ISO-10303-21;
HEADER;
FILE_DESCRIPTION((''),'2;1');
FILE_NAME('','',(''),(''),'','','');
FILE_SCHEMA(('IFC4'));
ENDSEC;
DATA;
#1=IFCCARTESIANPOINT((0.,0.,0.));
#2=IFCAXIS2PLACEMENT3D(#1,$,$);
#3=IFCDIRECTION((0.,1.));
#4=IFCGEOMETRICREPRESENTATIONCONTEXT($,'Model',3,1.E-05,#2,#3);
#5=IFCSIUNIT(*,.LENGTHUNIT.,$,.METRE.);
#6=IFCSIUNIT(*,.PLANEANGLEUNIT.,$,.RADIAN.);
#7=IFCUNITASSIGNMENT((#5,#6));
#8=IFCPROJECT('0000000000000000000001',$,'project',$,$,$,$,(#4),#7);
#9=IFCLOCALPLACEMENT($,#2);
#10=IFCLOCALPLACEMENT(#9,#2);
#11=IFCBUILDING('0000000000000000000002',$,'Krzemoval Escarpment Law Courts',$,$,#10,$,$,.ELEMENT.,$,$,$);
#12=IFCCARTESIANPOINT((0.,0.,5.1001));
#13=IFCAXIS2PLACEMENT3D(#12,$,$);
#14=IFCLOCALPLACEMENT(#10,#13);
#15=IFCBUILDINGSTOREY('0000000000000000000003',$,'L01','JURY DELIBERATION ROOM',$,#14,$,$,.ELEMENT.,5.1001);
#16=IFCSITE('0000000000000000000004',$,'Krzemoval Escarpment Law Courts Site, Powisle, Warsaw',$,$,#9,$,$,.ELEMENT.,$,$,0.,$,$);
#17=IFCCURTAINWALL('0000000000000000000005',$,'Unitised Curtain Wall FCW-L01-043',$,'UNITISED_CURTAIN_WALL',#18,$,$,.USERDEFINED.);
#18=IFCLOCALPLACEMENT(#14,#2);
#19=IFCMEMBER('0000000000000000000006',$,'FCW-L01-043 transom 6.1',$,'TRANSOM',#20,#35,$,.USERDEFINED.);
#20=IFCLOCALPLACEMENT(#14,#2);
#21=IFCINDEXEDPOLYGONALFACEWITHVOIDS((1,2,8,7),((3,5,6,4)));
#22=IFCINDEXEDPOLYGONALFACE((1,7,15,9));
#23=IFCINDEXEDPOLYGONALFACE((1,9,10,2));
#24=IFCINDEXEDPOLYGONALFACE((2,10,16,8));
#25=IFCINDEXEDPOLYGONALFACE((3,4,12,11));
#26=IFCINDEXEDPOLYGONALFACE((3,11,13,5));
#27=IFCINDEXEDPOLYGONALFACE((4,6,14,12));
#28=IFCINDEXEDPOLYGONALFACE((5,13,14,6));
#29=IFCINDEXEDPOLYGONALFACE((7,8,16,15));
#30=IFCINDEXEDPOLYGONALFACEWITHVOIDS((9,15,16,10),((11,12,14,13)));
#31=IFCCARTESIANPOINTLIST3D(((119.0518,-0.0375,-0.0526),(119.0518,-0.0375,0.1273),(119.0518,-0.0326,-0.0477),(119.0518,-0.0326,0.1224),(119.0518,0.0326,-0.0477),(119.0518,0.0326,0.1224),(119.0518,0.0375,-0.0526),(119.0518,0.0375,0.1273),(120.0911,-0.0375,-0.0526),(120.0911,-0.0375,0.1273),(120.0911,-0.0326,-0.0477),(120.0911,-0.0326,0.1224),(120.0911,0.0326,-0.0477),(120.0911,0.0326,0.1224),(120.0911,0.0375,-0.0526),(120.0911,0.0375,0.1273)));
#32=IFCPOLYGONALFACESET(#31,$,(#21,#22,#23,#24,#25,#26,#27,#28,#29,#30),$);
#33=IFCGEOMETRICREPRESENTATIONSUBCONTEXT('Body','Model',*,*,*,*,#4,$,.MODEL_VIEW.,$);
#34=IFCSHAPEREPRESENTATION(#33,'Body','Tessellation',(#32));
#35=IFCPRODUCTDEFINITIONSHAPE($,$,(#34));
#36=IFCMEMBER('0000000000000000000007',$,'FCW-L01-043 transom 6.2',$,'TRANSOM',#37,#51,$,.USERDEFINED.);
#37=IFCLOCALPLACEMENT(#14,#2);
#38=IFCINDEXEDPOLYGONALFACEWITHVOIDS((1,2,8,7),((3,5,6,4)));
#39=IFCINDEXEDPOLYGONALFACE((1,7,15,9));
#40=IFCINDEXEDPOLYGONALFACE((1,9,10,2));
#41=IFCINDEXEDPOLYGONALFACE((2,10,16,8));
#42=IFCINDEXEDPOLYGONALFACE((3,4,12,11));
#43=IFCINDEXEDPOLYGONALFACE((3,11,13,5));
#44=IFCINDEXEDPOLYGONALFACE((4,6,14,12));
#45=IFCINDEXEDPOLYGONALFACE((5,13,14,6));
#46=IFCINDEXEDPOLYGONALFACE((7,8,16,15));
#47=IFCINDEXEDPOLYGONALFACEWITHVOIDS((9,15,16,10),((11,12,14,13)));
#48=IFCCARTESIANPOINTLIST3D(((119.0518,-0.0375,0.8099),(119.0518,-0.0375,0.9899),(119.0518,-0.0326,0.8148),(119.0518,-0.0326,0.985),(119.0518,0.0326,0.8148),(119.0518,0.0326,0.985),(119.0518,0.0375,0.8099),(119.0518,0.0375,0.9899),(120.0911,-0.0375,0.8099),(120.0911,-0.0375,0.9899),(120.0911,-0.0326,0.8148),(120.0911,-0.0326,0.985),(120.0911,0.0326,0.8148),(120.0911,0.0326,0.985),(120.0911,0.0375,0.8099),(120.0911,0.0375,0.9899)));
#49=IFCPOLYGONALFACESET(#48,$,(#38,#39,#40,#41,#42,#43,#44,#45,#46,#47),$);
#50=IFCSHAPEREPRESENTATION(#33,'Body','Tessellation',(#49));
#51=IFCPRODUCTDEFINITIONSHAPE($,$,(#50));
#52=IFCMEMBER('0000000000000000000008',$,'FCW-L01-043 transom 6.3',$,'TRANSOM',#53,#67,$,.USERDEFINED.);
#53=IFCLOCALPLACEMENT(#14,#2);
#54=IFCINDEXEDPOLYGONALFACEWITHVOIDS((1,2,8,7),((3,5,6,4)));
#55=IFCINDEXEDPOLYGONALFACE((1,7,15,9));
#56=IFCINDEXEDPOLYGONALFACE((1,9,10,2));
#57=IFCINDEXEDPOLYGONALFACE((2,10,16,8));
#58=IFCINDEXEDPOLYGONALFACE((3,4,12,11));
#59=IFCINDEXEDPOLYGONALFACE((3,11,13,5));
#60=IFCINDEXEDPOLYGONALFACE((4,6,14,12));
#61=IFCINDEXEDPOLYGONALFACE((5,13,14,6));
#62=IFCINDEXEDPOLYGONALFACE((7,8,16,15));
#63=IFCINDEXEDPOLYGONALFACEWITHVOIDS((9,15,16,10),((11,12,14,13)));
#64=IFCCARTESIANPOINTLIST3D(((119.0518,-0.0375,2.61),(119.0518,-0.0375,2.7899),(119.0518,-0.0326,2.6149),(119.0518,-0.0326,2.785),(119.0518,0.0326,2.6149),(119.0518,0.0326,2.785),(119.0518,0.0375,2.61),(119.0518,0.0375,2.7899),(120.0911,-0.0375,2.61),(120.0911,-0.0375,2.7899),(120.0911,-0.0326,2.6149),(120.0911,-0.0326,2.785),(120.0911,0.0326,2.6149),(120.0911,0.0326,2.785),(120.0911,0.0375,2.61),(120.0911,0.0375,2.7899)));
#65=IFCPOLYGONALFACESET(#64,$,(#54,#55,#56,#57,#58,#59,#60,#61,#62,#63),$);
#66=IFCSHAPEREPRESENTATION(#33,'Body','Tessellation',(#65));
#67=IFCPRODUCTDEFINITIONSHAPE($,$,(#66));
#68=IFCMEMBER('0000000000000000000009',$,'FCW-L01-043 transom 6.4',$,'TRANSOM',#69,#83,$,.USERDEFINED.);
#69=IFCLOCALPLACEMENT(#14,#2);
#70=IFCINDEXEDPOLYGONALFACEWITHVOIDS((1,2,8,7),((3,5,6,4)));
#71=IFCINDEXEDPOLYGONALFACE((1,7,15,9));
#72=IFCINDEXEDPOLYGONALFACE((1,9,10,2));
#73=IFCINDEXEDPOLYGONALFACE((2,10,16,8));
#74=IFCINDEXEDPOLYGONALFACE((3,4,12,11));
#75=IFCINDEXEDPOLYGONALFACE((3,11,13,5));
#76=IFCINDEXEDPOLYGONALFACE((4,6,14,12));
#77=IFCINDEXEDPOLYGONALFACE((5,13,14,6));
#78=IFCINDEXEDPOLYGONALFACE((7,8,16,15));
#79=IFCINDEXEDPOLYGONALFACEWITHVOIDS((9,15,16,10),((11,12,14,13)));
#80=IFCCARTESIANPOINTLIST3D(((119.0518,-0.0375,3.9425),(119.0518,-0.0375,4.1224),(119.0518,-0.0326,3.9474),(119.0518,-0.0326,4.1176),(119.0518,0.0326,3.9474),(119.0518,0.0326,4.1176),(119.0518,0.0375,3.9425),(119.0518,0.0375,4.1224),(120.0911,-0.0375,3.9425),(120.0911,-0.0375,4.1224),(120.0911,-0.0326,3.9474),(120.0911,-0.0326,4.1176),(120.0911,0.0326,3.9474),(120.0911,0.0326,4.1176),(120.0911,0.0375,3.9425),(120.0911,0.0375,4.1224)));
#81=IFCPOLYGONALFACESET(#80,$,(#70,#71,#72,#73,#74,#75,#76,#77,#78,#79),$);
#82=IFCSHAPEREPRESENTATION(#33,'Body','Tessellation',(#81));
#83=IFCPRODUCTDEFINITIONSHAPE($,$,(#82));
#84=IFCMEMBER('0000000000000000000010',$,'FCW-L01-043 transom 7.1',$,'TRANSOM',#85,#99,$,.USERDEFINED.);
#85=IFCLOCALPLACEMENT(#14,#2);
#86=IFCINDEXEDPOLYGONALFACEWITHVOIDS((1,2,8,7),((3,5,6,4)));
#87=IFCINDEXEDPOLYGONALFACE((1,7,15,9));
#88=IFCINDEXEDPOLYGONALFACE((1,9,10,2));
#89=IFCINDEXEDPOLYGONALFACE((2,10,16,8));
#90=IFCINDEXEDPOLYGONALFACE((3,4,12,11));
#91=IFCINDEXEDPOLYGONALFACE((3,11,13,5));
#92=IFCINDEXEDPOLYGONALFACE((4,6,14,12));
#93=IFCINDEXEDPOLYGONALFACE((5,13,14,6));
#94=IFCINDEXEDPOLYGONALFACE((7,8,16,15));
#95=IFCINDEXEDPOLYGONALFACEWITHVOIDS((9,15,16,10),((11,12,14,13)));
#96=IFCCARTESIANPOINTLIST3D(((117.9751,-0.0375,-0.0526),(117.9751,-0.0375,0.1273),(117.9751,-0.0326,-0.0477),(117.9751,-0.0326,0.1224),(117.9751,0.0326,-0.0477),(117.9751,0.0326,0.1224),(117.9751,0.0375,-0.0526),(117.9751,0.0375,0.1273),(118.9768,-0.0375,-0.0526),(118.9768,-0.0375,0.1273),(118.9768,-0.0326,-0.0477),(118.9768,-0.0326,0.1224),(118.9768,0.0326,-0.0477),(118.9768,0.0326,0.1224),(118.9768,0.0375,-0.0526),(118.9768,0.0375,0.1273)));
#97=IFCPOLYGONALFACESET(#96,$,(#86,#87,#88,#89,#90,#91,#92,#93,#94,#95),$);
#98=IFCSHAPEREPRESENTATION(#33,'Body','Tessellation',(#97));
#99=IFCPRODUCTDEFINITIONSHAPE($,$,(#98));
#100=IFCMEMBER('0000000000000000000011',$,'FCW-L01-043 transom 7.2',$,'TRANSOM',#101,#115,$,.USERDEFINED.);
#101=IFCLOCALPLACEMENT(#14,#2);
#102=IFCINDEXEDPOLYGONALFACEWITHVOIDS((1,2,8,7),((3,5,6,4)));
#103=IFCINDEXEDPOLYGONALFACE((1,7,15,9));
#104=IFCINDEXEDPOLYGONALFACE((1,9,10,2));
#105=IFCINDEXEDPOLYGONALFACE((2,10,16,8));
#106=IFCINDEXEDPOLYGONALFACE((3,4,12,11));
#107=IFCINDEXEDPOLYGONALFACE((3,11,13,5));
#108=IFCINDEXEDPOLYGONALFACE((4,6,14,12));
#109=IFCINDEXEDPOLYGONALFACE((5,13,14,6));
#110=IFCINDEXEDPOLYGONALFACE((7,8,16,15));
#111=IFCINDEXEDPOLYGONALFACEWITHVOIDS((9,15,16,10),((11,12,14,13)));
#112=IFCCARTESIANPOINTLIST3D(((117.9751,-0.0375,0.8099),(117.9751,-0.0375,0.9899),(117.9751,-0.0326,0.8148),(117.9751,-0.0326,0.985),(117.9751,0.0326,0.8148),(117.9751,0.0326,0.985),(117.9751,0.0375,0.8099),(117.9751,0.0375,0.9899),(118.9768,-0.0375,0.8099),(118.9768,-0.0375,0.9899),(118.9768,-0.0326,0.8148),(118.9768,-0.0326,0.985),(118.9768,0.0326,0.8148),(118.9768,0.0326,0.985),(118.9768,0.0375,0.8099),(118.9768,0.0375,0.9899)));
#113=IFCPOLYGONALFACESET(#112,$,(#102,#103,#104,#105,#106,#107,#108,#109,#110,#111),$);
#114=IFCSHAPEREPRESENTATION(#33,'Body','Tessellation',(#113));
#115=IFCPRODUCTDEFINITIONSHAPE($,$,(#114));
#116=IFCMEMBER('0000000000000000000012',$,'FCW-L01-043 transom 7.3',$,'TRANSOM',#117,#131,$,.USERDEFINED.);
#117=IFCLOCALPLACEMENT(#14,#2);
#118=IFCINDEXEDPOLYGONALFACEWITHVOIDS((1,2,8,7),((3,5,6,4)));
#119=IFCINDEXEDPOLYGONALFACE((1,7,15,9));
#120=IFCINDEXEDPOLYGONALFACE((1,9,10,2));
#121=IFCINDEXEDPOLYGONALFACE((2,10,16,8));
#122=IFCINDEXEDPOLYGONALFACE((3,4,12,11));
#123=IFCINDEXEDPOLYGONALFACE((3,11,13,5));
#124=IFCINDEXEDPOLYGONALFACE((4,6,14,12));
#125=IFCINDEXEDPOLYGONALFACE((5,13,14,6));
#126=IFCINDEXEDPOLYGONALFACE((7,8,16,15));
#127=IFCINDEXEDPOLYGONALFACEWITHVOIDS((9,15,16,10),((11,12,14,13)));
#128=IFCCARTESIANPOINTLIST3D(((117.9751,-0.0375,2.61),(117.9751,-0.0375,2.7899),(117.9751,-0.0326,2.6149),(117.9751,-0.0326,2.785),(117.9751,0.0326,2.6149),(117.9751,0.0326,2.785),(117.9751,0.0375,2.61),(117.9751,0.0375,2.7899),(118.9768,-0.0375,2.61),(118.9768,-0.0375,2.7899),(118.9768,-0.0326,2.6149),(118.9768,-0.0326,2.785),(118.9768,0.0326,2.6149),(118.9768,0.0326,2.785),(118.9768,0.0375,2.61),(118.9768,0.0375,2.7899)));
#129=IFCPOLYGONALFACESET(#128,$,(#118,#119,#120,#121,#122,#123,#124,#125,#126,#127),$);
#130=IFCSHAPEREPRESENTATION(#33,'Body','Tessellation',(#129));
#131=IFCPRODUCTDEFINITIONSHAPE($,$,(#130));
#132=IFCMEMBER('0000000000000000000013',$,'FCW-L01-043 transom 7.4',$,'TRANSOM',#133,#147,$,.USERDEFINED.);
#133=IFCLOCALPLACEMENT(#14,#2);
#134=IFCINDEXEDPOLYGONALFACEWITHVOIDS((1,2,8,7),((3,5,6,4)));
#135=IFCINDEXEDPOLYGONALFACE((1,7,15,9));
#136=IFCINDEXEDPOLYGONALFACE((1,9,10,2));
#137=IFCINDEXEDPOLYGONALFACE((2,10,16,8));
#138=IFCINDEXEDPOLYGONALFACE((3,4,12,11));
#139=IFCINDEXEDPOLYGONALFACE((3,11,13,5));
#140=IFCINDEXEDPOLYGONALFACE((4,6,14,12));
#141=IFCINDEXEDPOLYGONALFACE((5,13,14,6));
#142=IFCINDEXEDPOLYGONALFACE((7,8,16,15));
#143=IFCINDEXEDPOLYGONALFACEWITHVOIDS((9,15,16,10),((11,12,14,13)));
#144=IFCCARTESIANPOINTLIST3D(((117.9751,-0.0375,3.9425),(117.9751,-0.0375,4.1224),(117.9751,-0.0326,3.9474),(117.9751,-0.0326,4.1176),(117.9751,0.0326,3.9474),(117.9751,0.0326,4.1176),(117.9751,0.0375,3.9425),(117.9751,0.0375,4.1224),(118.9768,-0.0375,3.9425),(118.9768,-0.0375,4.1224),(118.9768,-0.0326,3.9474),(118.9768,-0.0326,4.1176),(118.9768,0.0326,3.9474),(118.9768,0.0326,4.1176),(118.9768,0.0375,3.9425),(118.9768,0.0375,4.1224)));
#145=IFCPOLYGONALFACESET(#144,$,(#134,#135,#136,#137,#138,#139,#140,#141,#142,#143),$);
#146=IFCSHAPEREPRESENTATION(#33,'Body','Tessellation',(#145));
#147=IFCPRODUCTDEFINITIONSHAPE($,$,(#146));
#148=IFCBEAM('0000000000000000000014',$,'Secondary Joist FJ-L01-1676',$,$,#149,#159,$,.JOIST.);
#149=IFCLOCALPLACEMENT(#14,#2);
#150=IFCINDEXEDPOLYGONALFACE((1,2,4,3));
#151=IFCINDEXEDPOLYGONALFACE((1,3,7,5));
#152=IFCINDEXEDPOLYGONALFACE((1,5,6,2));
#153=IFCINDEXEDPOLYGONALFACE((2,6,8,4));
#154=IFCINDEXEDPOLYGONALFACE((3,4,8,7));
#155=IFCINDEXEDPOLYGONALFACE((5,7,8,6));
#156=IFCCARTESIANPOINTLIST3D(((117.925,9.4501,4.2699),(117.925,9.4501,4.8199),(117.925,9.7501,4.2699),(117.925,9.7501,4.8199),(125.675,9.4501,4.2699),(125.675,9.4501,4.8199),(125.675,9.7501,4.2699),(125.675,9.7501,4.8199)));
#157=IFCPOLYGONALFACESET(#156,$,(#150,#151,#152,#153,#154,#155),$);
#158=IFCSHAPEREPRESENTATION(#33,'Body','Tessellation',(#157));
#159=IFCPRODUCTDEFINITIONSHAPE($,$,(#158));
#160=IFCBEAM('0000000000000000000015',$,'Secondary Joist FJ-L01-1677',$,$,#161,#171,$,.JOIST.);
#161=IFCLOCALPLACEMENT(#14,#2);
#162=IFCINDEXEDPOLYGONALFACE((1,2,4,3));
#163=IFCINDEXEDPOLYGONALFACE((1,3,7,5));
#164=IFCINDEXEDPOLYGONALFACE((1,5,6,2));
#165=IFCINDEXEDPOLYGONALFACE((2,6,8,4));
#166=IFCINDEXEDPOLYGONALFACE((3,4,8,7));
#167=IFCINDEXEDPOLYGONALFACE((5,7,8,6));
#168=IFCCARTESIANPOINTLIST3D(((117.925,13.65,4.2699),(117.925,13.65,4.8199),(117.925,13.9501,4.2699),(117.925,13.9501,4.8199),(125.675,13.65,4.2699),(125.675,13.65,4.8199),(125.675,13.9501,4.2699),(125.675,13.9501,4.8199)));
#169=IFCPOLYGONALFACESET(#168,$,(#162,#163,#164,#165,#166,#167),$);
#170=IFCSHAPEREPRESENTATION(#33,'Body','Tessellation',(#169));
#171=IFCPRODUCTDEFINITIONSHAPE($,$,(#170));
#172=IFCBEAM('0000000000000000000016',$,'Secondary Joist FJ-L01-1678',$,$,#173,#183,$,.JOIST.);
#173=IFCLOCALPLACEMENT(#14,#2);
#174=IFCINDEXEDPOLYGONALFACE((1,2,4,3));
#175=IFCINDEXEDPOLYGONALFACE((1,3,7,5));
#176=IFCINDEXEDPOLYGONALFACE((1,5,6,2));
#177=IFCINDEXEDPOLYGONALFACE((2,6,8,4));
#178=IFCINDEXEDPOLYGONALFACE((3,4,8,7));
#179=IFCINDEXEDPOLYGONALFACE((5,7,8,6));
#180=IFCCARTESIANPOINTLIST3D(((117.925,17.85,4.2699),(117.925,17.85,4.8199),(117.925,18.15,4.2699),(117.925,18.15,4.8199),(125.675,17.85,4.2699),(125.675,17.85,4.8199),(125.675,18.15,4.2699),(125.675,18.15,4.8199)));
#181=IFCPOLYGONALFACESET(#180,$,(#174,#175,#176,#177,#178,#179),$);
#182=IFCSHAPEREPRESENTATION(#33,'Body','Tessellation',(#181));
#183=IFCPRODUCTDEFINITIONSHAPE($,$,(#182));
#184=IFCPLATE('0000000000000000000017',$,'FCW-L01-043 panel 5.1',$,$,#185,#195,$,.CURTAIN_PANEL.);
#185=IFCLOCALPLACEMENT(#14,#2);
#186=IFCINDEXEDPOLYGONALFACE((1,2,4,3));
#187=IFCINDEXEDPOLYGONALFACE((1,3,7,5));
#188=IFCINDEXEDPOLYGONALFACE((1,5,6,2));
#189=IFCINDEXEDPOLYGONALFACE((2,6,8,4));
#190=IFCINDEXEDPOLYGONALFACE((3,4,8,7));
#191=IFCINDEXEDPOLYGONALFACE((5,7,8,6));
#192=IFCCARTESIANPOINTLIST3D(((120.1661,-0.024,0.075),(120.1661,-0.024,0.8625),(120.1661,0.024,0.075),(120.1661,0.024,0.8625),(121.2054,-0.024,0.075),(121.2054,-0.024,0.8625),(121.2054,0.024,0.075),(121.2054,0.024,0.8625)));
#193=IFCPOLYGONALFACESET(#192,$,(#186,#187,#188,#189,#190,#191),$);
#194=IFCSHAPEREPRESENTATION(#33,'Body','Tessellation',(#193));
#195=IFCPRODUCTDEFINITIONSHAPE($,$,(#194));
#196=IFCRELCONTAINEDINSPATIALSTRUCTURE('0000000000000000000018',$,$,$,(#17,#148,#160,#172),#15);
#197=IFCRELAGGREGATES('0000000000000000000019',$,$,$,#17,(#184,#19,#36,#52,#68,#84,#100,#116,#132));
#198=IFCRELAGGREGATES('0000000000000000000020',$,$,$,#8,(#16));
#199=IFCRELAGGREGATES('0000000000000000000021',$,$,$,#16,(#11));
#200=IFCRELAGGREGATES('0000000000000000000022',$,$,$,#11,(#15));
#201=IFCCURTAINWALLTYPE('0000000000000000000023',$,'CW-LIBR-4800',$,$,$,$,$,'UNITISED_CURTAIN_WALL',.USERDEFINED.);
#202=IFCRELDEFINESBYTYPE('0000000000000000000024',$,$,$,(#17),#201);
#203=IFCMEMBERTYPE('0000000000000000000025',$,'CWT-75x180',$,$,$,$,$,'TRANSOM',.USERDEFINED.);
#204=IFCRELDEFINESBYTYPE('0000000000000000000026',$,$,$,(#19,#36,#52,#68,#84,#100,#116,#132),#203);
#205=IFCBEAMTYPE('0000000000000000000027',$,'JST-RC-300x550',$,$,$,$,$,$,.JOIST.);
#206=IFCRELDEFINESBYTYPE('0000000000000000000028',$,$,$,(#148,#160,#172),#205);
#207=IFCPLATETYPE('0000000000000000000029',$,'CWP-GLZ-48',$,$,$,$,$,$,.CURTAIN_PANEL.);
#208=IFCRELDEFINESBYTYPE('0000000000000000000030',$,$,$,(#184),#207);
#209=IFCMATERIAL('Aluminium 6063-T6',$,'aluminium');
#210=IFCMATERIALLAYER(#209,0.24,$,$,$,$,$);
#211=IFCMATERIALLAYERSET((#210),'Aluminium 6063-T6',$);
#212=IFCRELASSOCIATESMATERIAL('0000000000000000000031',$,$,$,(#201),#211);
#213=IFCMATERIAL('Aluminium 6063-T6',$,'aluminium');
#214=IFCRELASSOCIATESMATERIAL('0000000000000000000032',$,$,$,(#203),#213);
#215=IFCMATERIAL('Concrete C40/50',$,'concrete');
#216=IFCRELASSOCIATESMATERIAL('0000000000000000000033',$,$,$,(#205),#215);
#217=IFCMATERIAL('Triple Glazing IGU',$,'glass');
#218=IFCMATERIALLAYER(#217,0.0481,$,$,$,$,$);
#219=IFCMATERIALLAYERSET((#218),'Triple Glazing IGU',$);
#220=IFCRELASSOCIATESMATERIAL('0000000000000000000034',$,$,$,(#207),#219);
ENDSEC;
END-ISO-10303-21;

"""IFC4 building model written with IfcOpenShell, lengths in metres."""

from ifc_helpers import new_model, si_unit, direction, frame, origin, origin_2d, place, context, subcontext, project, spatial, rectangle, hollow_rectangle, extrude, material, layer, layer_set, material_profile, profile_set, type_object, element, aggregate, save


model = new_model("IFC4")

# Units and contexts
model_context = context("Model", 3, precision=1e-05, world=origin(), true_north=direction((0.0, 1.0)))
body_context = subcontext(model_context, "Body", "Model", "MODEL_VIEW")
ifc_project = project(units=[si_unit("LENGTHUNIT", "METRE"), si_unit("PLANEANGLEUNIT", "RADIAN")], contexts=[model_context])

# Site, building, storey
site_placement = place(None, origin())
site = spatial("IfcSite", under=ifc_project, at=site_placement, Name="Krzemoval Escarpment Law Courts Site, Powisle, Warsaw", CompositionType="ELEMENT", RefElevation=0.0)
building_placement = place(site_placement, origin())
building = spatial("IfcBuilding", under=site, at=building_placement, Name="Krzemoval Escarpment Law Courts", CompositionType="ELEMENT")
storey_placement = place(building_placement, frame((0.0, 0.0, 5.1001)))
storey = spatial("IfcBuildingStorey", under=building, at=storey_placement, Name="L01", Description="JURY DELIBERATION ROOM", CompositionType="ELEMENT", Elevation=5.1001)

# Curtain wall, members
ifc_material_1 = material(Name="Aluminium 6063-T6", Category="aluminium")
ifc_layer_1 = layer(ifc_material_1, 0.24)
ifc_layer_set_1 = layer_set([ifc_layer_1], Name="Aluminium 6063-T6")
curtain_wall_type = type_object("IfcCurtainWallType", Name="CW-LIBR-4800", ElementType="UNITISED_CURTAIN_WALL", PredefinedType="USERDEFINED", material=ifc_layer_set_1)
curtain_wall_placement = place(storey_placement, origin())
curtain_wall = element("IfcCurtainWall", 1, at=curtain_wall_placement, inside=storey, type_object=curtain_wall_type, Name="Unitised Curtain Wall FCW-L01-043", ObjectType="UNITISED_CURTAIN_WALL", PredefinedType="USERDEFINED")
ifc_material_2 = material(Name="Aluminium 6063-T6", Category="aluminium")
ifc_material_profile_1 = material_profile(ifc_material_2, hollow_rectangle(XDim=0.075, YDim=0.1799, WallThickness=0.0049, at=origin_2d()), Name="ALU T75x180")
ifc_profile_set_1 = profile_set([ifc_material_profile_1], Name="Aluminium 6063-T6")
member_type_1 = type_object("IfcMemberType", Name="CWT-75x180", ElementType="TRANSOM", PredefinedType="USERDEFINED", material=ifc_profile_set_1)
member_1_placement = place(storey_placement, frame((120.0911, 0.0, 0.0374), z_axis=(-1.0, 0.0, 0.0), x_axis=(0.0, -1.0, 0.0)))
member_1 = element("IfcMember", 2, at=member_1_placement, type_object=member_type_1, Name="FCW-L01-043 transom 6.1", ObjectType="TRANSOM", PredefinedType="USERDEFINED", context=body_context, shape_type="SweptSolid", body=[
    extrude(hollow_rectangle(XDim=0.075, YDim=0.1799, WallThickness=0.0049, at=origin_2d()), origin(), (0.0, 0.0, 1.0), 1.0393),
])
member_2_placement = place(storey_placement, frame((120.0911, 0.0, 0.8999), z_axis=(-1.0, 0.0, 0.0), x_axis=(0.0, -1.0, 0.0)))
member_2 = element("IfcMember", 3, at=member_2_placement, type_object=member_type_1, Name="FCW-L01-043 transom 6.2", ObjectType="TRANSOM", PredefinedType="USERDEFINED", context=body_context, shape_type="SweptSolid", body=[
    extrude(hollow_rectangle(XDim=0.075, YDim=0.1799, WallThickness=0.0049, at=origin_2d()), origin(), (0.0, 0.0, 1.0), 1.0393),
])
member_3_placement = place(storey_placement, frame((120.0911, 0.0, 2.7), z_axis=(-1.0, 0.0, 0.0), x_axis=(0.0, -1.0, 0.0)))
member_3 = element("IfcMember", 4, at=member_3_placement, type_object=member_type_1, Name="FCW-L01-043 transom 6.3", ObjectType="TRANSOM", PredefinedType="USERDEFINED", context=body_context, shape_type="SweptSolid", body=[
    extrude(hollow_rectangle(XDim=0.075, YDim=0.1799, WallThickness=0.0049, at=origin_2d()), origin(), (0.0, 0.0, 1.0), 1.0393),
])
member_4_placement = place(storey_placement, frame((120.0911, 0.0, 4.0325), z_axis=(-1.0, 0.0, 0.0), x_axis=(0.0, -1.0, 0.0)))
member_4 = element("IfcMember", 5, at=member_4_placement, type_object=member_type_1, Name="FCW-L01-043 transom 6.4", ObjectType="TRANSOM", PredefinedType="USERDEFINED", context=body_context, shape_type="SweptSolid", body=[
    extrude(hollow_rectangle(XDim=0.075, YDim=0.1799, WallThickness=0.0049, at=origin_2d()), origin(), (0.0, 0.0, 1.0), 1.0393),
])
member_5_placement = place(storey_placement, frame((118.9768, 0.0, 0.0374), z_axis=(-1.0, 0.0, 0.0), x_axis=(0.0, -1.0, 0.0)))
member_5 = element("IfcMember", 6, at=member_5_placement, type_object=member_type_1, Name="FCW-L01-043 transom 7.1", ObjectType="TRANSOM", PredefinedType="USERDEFINED", context=body_context, shape_type="SweptSolid", body=[
    extrude(hollow_rectangle(XDim=0.075, YDim=0.1799, WallThickness=0.0049, at=origin_2d()), origin(), (0.0, 0.0, 1.0), 1.0017),
])
member_6_placement = place(storey_placement, frame((118.9768, 0.0, 0.8999), z_axis=(-1.0, 0.0, 0.0), x_axis=(0.0, -1.0, 0.0)))
member_6 = element("IfcMember", 7, at=member_6_placement, type_object=member_type_1, Name="FCW-L01-043 transom 7.2", ObjectType="TRANSOM", PredefinedType="USERDEFINED", context=body_context, shape_type="SweptSolid", body=[
    extrude(hollow_rectangle(XDim=0.075, YDim=0.1799, WallThickness=0.0049, at=origin_2d()), origin(), (0.0, 0.0, 1.0), 1.0017),
])
member_7_placement = place(storey_placement, frame((118.9768, 0.0, 2.7), z_axis=(-1.0, 0.0, 0.0), x_axis=(0.0, -1.0, 0.0)))
member_7 = element("IfcMember", 8, at=member_7_placement, type_object=member_type_1, Name="FCW-L01-043 transom 7.3", ObjectType="TRANSOM", PredefinedType="USERDEFINED", context=body_context, shape_type="SweptSolid", body=[
    extrude(hollow_rectangle(XDim=0.075, YDim=0.1799, WallThickness=0.0049, at=origin_2d()), origin(), (0.0, 0.0, 1.0), 1.0017),
])
member_8_placement = place(storey_placement, frame((118.9768, 0.0, 4.0325), z_axis=(-1.0, 0.0, 0.0), x_axis=(0.0, -1.0, 0.0)))
member_8 = element("IfcMember", 9, at=member_8_placement, type_object=member_type_1, Name="FCW-L01-043 transom 7.4", ObjectType="TRANSOM", PredefinedType="USERDEFINED", context=body_context, shape_type="SweptSolid", body=[
    extrude(hollow_rectangle(XDim=0.075, YDim=0.1799, WallThickness=0.0049, at=origin_2d()), origin(), (0.0, 0.0, 1.0), 1.0017),
])

# Beams
ifc_material_3 = material(Name="Concrete C40/50", Category="concrete")
ifc_material_profile_2 = material_profile(ifc_material_3, rectangle(XDim=0.3, YDim=0.55, at=origin_2d()), Name="RCB 300x550")
ifc_profile_set_2 = profile_set([ifc_material_profile_2], Name="Concrete C40/50")
beam_type_1 = type_object("IfcBeamType", Name="JST-RC-300x550", PredefinedType="JOIST", material=ifc_profile_set_2)
for number, where, z_axis, x_axis, name in (
    (10, (117.925, 9.6001, 4.5449), (1.0, 0.0, 0.0), (0.0, 1.0, 0.0), "Secondary Joist FJ-L01-1676"),
    (11, (117.925, 13.8, 4.5449), (1.0, 0.0, 0.0), (0.0, 1.0, 0.0), "Secondary Joist FJ-L01-1677"),
    (12, (117.925, 18.0, 4.5449), (1.0, 0.0, 0.0), (0.0, 1.0, 0.0), "Secondary Joist FJ-L01-1678"),
):
    element("IfcBeam", number, at=place(storey_placement, frame(where, z_axis=z_axis, x_axis=x_axis)), inside=storey, type_object=beam_type_1, Name=name, PredefinedType="JOIST", context=body_context, shape_type="SweptSolid", body=[
        extrude(rectangle(XDim=0.3, YDim=0.55, at=origin_2d()), origin(), (0.0, 0.0, 1.0), 7.75),
    ])

# Plate
ifc_material_4 = material(Name="Triple Glazing IGU", Category="glass")
ifc_layer_2 = layer(ifc_material_4, 0.0481)
ifc_layer_set_2 = layer_set([ifc_layer_2], Name="Triple Glazing IGU")
plate_type = type_object("IfcPlateType", Name="CWP-GLZ-48", PredefinedType="CURTAIN_PANEL", material=ifc_layer_set_2)
plate_1_placement = place(storey_placement, frame((120.6858, 0.0, 0.075), z_axis=(0.0, 0.0, 1.0), x_axis=(-1.0, 0.0, 0.0)))
plate_1 = element("IfcPlate", 13, at=plate_1_placement, type_object=plate_type, Name="FCW-L01-043 panel 5.1", PredefinedType="CURTAIN_PANEL", context=body_context, shape_type="SweptSolid", body=[
    extrude(rectangle(XDim=1.0393, YDim=0.0481, at=origin_2d()), origin(), (0.0, 0.0, 1.0), 0.7876),
])
aggregate(curtain_wall, [plate_1, member_1, member_2, member_3, member_4, member_5, member_6, member_7, member_8])

save(model, "model.ifc")
